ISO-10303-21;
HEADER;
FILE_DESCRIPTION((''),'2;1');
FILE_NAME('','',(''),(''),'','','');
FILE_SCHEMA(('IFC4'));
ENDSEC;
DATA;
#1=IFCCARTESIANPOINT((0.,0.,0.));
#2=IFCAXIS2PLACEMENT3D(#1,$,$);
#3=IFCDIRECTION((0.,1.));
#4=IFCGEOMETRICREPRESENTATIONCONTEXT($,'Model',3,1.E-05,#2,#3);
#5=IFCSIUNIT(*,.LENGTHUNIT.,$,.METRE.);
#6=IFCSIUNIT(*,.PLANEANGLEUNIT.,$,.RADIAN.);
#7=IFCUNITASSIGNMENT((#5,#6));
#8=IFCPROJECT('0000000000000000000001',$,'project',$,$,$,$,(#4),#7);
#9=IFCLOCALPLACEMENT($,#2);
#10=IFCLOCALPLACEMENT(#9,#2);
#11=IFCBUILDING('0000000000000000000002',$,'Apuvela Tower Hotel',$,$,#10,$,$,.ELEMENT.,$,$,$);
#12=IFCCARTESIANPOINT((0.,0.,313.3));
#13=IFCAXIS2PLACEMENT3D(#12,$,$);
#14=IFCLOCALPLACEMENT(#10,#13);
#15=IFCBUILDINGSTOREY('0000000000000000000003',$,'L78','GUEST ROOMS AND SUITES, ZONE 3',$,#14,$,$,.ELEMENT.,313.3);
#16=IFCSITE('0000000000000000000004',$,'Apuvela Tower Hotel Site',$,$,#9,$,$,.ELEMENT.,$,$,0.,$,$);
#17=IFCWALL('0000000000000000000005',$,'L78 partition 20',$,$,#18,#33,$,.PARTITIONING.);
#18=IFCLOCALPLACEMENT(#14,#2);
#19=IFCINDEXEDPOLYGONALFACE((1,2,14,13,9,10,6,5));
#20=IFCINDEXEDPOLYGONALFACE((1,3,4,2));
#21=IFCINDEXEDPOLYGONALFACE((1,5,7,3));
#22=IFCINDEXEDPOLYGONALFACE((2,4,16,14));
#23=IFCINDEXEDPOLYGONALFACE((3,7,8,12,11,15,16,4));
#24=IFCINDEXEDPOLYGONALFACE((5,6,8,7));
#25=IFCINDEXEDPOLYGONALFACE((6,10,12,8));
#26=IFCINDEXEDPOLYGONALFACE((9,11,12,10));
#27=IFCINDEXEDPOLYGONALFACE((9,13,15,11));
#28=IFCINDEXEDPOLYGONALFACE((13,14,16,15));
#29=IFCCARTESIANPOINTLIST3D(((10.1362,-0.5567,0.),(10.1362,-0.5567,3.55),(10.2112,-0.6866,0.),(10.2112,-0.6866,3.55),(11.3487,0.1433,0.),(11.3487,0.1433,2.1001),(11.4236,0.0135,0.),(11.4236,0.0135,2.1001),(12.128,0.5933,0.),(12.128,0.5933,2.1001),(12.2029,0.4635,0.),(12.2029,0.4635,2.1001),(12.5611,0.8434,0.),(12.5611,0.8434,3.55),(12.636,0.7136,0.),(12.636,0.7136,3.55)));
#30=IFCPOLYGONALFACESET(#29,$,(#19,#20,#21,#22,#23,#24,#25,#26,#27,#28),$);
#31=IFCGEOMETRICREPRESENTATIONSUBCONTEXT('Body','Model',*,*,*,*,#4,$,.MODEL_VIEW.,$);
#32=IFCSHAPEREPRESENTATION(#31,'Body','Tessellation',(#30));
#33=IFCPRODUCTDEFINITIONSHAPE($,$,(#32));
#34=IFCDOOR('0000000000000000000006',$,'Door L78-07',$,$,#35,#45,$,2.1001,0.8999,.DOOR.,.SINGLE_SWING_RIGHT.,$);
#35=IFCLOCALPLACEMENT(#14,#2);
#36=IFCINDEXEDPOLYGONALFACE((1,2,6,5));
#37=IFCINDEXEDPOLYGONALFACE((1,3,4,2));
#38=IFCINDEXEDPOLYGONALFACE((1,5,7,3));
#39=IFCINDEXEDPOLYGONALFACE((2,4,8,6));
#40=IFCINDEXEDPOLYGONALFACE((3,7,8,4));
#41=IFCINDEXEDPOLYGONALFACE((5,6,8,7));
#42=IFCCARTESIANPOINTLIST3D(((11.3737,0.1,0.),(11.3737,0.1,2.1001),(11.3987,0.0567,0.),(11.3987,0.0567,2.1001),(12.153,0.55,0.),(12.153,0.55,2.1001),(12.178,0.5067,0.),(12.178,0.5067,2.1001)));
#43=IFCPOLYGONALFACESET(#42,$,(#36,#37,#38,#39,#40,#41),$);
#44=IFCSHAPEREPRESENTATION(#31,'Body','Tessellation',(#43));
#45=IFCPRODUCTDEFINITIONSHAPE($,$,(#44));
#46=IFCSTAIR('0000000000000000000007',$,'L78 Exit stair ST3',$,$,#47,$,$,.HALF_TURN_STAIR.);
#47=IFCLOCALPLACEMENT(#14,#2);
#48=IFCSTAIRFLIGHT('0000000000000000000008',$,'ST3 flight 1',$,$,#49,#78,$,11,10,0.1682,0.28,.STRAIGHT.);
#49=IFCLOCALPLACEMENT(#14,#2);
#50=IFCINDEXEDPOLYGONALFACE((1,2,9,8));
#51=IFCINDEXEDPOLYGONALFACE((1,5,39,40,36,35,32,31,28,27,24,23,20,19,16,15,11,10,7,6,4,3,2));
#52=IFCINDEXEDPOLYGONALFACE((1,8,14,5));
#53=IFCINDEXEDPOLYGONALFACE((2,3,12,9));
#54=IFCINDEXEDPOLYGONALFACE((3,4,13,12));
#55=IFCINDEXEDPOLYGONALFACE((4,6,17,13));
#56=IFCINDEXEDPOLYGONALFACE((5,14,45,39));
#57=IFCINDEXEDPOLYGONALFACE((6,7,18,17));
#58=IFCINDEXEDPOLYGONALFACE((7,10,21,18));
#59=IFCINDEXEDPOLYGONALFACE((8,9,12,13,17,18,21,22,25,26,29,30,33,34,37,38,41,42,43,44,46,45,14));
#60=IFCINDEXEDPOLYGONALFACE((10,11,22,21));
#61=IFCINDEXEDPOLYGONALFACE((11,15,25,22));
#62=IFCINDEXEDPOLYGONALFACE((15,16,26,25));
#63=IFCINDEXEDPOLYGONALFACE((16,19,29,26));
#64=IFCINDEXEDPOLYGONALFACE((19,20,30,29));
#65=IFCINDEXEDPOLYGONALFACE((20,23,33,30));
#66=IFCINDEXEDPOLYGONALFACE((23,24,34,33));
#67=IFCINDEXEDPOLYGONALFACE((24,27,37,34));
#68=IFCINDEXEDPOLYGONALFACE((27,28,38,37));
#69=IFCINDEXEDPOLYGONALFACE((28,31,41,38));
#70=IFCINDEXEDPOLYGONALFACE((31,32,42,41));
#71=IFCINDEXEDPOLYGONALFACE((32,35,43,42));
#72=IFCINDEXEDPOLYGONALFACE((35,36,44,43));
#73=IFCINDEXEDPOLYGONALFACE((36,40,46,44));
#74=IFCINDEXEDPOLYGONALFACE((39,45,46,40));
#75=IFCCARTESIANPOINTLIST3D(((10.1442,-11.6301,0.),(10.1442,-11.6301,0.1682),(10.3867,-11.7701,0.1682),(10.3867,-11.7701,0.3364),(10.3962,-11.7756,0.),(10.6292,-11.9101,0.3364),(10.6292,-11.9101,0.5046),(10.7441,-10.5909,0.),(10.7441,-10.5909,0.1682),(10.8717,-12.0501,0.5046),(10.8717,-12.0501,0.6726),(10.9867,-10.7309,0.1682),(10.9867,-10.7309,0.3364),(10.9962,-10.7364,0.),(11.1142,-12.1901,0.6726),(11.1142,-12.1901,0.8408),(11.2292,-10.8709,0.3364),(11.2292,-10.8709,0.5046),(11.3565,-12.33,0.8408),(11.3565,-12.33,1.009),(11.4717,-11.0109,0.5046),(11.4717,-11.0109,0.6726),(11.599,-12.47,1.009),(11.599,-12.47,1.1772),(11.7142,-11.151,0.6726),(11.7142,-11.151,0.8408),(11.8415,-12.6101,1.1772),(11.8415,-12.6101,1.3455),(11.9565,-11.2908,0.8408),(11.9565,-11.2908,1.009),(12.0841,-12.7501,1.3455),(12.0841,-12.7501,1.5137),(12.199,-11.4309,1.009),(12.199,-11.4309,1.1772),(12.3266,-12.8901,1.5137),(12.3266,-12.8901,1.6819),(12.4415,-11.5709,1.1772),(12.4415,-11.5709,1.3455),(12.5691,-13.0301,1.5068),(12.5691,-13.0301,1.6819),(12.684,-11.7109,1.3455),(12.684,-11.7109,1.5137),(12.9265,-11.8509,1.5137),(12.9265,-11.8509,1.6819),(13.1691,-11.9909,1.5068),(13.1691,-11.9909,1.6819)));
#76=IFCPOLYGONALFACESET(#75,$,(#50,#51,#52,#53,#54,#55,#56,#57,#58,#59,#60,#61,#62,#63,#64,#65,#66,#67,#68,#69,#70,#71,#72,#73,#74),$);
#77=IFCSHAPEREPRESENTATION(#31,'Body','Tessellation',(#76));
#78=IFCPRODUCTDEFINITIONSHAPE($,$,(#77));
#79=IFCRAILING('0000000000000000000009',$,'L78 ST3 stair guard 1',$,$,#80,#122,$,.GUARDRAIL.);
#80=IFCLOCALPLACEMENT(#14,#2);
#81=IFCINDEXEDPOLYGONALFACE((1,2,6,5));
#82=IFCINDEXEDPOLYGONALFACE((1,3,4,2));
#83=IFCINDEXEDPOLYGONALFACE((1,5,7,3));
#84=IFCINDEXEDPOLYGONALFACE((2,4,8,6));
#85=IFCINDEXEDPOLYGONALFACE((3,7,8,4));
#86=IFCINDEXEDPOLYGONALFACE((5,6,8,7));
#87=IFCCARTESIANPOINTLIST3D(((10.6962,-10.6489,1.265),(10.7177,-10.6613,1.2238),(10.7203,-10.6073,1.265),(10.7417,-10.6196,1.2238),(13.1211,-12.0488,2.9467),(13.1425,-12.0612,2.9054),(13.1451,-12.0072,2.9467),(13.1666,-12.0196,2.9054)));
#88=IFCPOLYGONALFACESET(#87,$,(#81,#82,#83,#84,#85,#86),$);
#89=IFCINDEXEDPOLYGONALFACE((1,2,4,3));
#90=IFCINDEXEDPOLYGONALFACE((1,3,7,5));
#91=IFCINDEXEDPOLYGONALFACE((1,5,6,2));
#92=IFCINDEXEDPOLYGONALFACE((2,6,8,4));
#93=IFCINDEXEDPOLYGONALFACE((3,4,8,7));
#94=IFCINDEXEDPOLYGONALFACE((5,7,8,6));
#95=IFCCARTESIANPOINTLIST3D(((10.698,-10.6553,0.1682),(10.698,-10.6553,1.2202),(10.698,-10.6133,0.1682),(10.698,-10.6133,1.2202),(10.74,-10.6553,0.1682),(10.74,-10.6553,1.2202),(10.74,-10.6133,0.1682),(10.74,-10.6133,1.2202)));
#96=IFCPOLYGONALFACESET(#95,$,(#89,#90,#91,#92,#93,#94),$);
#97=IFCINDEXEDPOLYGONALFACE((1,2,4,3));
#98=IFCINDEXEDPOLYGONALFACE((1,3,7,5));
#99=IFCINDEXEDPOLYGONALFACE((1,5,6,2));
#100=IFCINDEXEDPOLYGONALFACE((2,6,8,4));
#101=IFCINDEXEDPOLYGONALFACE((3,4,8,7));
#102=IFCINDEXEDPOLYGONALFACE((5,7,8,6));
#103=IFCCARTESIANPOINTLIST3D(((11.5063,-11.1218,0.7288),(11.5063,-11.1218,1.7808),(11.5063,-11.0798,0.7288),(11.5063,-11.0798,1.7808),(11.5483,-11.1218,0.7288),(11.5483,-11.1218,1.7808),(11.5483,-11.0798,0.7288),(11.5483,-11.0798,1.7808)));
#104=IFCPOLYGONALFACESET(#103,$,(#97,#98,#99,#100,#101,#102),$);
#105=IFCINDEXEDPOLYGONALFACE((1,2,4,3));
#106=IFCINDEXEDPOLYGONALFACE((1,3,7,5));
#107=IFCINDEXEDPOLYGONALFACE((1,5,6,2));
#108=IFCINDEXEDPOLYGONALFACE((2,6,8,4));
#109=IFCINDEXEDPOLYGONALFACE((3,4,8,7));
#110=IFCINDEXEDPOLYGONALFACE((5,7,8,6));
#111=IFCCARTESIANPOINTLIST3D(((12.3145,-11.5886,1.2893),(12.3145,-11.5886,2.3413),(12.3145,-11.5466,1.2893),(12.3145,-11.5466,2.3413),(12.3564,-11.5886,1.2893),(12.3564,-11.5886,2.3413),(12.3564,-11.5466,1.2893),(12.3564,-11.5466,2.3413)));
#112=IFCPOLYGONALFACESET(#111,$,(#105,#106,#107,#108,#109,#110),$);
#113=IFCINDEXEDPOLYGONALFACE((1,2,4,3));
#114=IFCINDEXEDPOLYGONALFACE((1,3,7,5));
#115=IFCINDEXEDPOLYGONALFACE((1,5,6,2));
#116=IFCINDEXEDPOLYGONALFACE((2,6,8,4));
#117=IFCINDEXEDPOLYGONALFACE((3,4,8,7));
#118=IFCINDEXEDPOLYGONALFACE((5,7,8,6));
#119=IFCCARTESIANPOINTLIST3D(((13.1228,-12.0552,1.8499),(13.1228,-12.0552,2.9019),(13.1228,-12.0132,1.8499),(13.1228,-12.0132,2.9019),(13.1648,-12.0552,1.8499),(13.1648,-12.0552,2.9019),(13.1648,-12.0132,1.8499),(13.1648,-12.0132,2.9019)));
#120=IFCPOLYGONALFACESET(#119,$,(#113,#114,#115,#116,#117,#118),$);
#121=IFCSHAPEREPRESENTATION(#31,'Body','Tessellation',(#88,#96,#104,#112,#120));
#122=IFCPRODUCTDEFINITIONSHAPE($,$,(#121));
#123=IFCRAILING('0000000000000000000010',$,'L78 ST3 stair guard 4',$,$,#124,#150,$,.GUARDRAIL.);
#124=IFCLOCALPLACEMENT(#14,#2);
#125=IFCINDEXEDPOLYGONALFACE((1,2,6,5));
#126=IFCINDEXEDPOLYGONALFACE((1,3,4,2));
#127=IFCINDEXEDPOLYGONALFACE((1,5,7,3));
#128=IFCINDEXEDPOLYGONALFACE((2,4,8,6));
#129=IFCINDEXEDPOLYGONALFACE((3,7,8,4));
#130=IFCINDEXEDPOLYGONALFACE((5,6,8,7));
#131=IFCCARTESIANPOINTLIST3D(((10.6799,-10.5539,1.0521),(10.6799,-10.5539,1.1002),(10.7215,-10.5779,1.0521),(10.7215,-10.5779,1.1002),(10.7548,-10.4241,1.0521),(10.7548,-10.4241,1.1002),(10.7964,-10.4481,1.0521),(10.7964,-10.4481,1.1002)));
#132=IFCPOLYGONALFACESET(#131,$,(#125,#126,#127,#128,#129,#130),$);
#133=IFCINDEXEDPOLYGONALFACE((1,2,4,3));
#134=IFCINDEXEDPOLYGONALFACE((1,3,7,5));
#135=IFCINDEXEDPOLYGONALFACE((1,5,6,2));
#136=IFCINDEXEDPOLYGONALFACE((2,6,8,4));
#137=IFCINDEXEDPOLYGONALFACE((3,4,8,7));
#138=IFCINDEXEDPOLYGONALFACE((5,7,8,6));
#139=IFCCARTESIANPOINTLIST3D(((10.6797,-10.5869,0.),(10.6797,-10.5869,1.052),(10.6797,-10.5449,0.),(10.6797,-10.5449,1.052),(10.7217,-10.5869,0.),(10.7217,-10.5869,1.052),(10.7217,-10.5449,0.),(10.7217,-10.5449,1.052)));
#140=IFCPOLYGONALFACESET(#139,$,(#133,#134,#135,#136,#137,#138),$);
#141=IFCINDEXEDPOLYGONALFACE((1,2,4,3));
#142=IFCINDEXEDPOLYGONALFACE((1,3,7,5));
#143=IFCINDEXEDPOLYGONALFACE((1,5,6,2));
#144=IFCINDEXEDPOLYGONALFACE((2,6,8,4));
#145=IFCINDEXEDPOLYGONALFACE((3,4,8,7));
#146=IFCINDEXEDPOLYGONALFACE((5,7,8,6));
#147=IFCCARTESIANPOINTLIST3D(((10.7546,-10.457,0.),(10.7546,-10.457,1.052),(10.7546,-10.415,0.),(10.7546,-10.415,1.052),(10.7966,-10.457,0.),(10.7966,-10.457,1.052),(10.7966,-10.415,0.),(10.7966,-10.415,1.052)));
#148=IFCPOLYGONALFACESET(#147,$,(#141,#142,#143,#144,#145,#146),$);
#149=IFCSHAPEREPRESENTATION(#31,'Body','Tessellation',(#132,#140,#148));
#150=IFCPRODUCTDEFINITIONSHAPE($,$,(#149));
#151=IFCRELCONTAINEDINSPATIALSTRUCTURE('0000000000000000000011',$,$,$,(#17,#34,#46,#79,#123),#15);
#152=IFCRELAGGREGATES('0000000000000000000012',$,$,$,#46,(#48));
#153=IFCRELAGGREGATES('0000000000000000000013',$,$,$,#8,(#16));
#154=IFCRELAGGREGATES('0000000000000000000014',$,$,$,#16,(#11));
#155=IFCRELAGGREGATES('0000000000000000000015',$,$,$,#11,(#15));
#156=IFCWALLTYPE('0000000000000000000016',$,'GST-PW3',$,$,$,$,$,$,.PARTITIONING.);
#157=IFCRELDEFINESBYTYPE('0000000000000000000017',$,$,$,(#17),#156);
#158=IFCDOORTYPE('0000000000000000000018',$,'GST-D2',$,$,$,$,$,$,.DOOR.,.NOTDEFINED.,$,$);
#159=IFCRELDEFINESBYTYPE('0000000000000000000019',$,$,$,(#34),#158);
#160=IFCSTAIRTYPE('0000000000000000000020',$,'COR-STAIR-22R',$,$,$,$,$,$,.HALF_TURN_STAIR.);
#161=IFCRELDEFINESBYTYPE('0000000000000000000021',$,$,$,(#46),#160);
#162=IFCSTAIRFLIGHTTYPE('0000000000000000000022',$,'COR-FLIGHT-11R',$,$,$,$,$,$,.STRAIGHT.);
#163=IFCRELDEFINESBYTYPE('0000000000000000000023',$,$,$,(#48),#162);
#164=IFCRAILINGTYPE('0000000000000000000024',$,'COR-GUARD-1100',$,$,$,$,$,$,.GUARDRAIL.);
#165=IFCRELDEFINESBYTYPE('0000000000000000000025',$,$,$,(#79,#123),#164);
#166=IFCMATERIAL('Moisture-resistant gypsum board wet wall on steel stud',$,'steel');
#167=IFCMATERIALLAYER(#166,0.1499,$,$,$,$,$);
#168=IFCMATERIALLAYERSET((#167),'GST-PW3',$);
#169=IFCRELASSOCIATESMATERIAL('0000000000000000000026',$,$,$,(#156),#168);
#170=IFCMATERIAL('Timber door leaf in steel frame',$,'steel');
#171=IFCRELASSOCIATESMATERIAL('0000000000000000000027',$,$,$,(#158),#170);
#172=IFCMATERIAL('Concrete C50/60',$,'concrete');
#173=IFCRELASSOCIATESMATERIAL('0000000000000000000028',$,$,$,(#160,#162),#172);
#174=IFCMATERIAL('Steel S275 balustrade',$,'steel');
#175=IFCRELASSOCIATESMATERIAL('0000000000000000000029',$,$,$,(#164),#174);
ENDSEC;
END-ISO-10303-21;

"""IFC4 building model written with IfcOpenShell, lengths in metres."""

from ifc_helpers import new_model, si_unit, direction, frame, frame_2d, origin, origin_2d, place, context, subcontext, project, spatial, polyline, rectangle, outline, extrude, material, layer, layer_set, type_object, element, fill, aggregate, save


model = new_model("IFC4")

# Units and contexts
model_context = context("Model", 3, precision=1e-05, world=origin(), true_north=direction((0.0, 1.0)))
body_context = subcontext(model_context, "Body", "Model", "MODEL_VIEW")
ifc_project = project(units=[si_unit("LENGTHUNIT", "METRE"), si_unit("PLANEANGLEUNIT", "RADIAN")], contexts=[model_context])

# Site, building, storey
site_placement = place(None, origin())
site = spatial("IfcSite", under=ifc_project, at=site_placement, Name="Apuvela Tower Hotel Site", CompositionType="ELEMENT", RefElevation=0.0)
building_placement = place(site_placement, origin())
building = spatial("IfcBuilding", under=site, at=building_placement, Name="Apuvela Tower Hotel", CompositionType="ELEMENT")
storey_placement = place(building_placement, frame((0.0, 0.0, 313.3)))
storey = spatial("IfcBuildingStorey", under=building, at=storey_placement, Name="L78", Description="GUEST ROOMS AND SUITES, ZONE 3", CompositionType="ELEMENT", Elevation=313.3)

# Shared definitions
ifc_material_1 = material(Name="Concrete C50/60", Category="concrete")

# Shared definitions
ifc_material_2 = material(Name="Timber door leaf in steel frame", Category="steel")

# Shared definitions
ifc_material_3 = material(Name="Moisture-resistant gypsum board wet wall on steel stud", Category="steel")
ifc_layer_1 = layer(ifc_material_3, 0.1499)
ifc_layer_set_1 = layer_set([ifc_layer_1], Name="GST-PW3")
wall_type_1 = type_object("IfcWallType", Name="GST-PW3", PredefinedType="PARTITIONING", material=ifc_layer_set_1)

# Wall, opening, door
wall_1_placement = place(storey_placement, frame((10.1738, -0.6216, 0.0), z_axis=(0.0, 0.0, 1.0), x_axis=(0.865997, 0.50005, 0.0)))
wall_1 = element("IfcWall", 1, at=wall_1_placement, inside=storey, type_object=wall_type_1, Name="L78 partition 20", PredefinedType="PARTITIONING", context=body_context, shape_type="SweptSolid", body=[
    extrude(rectangle(XDim=2.8, YDim=0.1499, at=frame_2d((1.3999, 0.0))), origin(), (0.0, 0.0, 1.0), 3.55),
])
opening_1_placement = place(wall_1_placement, frame((1.3999, 0.0, 0.0)))
opening_1 = element("IfcOpeningElement", 2, at=opening_1_placement, cuts=wall_1, PredefinedType="OPENING", context=body_context, shape_type="SweptSolid", body=[
    extrude(rectangle(XDim=0.8999, YDim=2.1001, at=frame_2d((0.45, 1.05))), frame((0.0, 0.085, 0.0), z_axis=(0.0, -1.0, 0.0), x_axis=(1.0, 0.0, 0.0)), (0.0, 0.0, 1.0), 0.1699),
])
door_type_1 = type_object("IfcDoorType", Name="GST-D2", OperationType="NOTDEFINED", PredefinedType="DOOR", material=ifc_material_2)
door_1_placement = place(opening_1_placement, origin())
door_1 = element("IfcDoor", 3, at=door_1_placement, inside=storey, type_object=door_type_1, Name="Door L78-07", OperationType="SINGLE_SWING_RIGHT", OverallHeight=2.1001, OverallWidth=0.8999, PredefinedType="DOOR", context=body_context, shape_type="SweptSolid", body=[
    extrude(rectangle(XDim=0.8999, YDim=2.1001, at=frame_2d((0.45, 1.05))), frame((0.0, 0.0249, 0.0), z_axis=(0.0, -1.0, 0.0), x_axis=(1.0, 0.0, 0.0)), (0.0, 0.0, 1.0), 0.05),
])
fill(opening_1, door_1)

# Stair, stair flight
stair_type = type_object("IfcStairType", Name="COR-STAIR-22R", PredefinedType="HALF_TURN_STAIR", material=ifc_material_1)
stair_placement = place(storey_placement, origin())
stair = element("IfcStair", 4, at=stair_placement, inside=storey, type_object=stair_type, Name="L78 Exit stair ST3", PredefinedType="HALF_TURN_STAIR")
stair_flight_type = type_object("IfcStairFlightType", Name="COR-FLIGHT-11R", PredefinedType="STRAIGHT", material=ifc_material_1)
stair_flight_placement = place(storey_placement, frame((10.4441, -11.1106, 0.0), z_axis=(0.0, 0.0, 1.0), x_axis=(0.866025, -0.5, 0.0)))
stair_flight = element("IfcStairFlight", 5, at=stair_flight_placement, type_object=stair_flight_type, Name="ST3 flight 1", NumberOfRisers=11, NumberOfTreads=10, PredefinedType="STRAIGHT", RiserHeight=0.1682, TreadLength=0.28, context=body_context, shape_type="SweptSolid", body=[
    extrude(outline(polyline([(0.0, 0.0), (0.0, 0.1682), (0.28, 0.1682), (0.28, 0.3364), (0.5601, 0.3364), (0.5601, 0.5046), (0.8401, 0.5046), (0.8401, 0.6726), (1.1201, 0.6726), (1.1201, 0.8408), (1.3999, 0.8408), (1.3999, 1.009), (1.6799, 1.009), (1.6799, 1.1772), (1.96, 1.1772), (1.96, 1.3455), (2.24, 1.3455), (2.24, 1.5137), (2.52, 1.5137), (2.52, 1.6819), (2.8, 1.6819), (2.8, 1.8501), (2.8, 1.5068), (0.291, 0.0), (0.0, 0.0)])), frame((0.0, 0.6001, 0.0), z_axis=(0.0, -1.0, 0.0), x_axis=(1.0, 0.0, 0.0)), (0.0, 0.0, 1.0), 1.2),
])
aggregate(stair, [stair_flight])

# Railings
ifc_material_4 = material(Name="Steel S275 balustrade", Category="steel")
railing_type_1 = type_object("IfcRailingType", Name="COR-GUARD-1100", PredefinedType="GUARDRAIL", material=ifc_material_4)
railing_1_placement = place(storey_placement, frame((10.719, -10.6343, 0.1682)))
element("IfcRailing", 6, at=railing_1_placement, inside=storey, type_object=railing_type_1, Name="L78 ST3 stair guard 1", PredefinedType="GUARDRAIL", context=body_context, shape_type="SweptSolid", body=[
    extrude(rectangle(XDim=0.0481, YDim=0.0481, at=origin_2d()), frame((0.0, 0.0, 1.0762), z_axis=(0.742419, -0.428618, 0.514879), x_axis=(0.499984, 0.866035, 0.0)), (0.0, 0.0, 1.0), 3.2661),
    extrude(rectangle(XDim=0.042, YDim=0.042, at=origin_2d()), origin(), (0.0, 0.0, 1.0), 1.052),
    extrude(rectangle(XDim=0.042, YDim=0.042, at=origin_2d()), frame((0.8083, -0.4666, 0.5605)), (0.0, 0.0, 1.0), 1.052),
    extrude(rectangle(XDim=0.042, YDim=0.042, at=origin_2d()), frame((1.6165, -0.9333, 1.1211)), (0.0, 0.0, 1.0), 1.052),
    extrude(rectangle(XDim=0.042, YDim=0.042, at=origin_2d()), frame((2.4248, -1.3999, 1.6816)), (0.0, 0.0, 1.0), 1.052),
])
railing_2_placement = place(storey_placement, frame((10.7007, -10.5659, 0.0)))
element("IfcRailing", 7, at=railing_2_placement, inside=storey, type_object=railing_type_1, Name="L78 ST3 stair guard 4", PredefinedType="GUARDRAIL", context=body_context, shape_type="SweptSolid", body=[
    extrude(rectangle(XDim=0.0481, YDim=0.0481, at=origin_2d()), frame((0.0, 0.0, 1.0762), z_axis=(0.499816, 0.866131, 0.0), x_axis=(-0.866131, 0.499816, 0.0)), (0.0, 0.0, 1.0), 0.1499),
    extrude(rectangle(XDim=0.042, YDim=0.042, at=origin_2d()), origin(), (0.0, 0.0, 1.0), 1.052),
    extrude(rectangle(XDim=0.042, YDim=0.042, at=origin_2d()), frame((0.075, 0.1299, 0.0)), (0.0, 0.0, 1.0), 1.052),
])

save(model, "model.ifc")
